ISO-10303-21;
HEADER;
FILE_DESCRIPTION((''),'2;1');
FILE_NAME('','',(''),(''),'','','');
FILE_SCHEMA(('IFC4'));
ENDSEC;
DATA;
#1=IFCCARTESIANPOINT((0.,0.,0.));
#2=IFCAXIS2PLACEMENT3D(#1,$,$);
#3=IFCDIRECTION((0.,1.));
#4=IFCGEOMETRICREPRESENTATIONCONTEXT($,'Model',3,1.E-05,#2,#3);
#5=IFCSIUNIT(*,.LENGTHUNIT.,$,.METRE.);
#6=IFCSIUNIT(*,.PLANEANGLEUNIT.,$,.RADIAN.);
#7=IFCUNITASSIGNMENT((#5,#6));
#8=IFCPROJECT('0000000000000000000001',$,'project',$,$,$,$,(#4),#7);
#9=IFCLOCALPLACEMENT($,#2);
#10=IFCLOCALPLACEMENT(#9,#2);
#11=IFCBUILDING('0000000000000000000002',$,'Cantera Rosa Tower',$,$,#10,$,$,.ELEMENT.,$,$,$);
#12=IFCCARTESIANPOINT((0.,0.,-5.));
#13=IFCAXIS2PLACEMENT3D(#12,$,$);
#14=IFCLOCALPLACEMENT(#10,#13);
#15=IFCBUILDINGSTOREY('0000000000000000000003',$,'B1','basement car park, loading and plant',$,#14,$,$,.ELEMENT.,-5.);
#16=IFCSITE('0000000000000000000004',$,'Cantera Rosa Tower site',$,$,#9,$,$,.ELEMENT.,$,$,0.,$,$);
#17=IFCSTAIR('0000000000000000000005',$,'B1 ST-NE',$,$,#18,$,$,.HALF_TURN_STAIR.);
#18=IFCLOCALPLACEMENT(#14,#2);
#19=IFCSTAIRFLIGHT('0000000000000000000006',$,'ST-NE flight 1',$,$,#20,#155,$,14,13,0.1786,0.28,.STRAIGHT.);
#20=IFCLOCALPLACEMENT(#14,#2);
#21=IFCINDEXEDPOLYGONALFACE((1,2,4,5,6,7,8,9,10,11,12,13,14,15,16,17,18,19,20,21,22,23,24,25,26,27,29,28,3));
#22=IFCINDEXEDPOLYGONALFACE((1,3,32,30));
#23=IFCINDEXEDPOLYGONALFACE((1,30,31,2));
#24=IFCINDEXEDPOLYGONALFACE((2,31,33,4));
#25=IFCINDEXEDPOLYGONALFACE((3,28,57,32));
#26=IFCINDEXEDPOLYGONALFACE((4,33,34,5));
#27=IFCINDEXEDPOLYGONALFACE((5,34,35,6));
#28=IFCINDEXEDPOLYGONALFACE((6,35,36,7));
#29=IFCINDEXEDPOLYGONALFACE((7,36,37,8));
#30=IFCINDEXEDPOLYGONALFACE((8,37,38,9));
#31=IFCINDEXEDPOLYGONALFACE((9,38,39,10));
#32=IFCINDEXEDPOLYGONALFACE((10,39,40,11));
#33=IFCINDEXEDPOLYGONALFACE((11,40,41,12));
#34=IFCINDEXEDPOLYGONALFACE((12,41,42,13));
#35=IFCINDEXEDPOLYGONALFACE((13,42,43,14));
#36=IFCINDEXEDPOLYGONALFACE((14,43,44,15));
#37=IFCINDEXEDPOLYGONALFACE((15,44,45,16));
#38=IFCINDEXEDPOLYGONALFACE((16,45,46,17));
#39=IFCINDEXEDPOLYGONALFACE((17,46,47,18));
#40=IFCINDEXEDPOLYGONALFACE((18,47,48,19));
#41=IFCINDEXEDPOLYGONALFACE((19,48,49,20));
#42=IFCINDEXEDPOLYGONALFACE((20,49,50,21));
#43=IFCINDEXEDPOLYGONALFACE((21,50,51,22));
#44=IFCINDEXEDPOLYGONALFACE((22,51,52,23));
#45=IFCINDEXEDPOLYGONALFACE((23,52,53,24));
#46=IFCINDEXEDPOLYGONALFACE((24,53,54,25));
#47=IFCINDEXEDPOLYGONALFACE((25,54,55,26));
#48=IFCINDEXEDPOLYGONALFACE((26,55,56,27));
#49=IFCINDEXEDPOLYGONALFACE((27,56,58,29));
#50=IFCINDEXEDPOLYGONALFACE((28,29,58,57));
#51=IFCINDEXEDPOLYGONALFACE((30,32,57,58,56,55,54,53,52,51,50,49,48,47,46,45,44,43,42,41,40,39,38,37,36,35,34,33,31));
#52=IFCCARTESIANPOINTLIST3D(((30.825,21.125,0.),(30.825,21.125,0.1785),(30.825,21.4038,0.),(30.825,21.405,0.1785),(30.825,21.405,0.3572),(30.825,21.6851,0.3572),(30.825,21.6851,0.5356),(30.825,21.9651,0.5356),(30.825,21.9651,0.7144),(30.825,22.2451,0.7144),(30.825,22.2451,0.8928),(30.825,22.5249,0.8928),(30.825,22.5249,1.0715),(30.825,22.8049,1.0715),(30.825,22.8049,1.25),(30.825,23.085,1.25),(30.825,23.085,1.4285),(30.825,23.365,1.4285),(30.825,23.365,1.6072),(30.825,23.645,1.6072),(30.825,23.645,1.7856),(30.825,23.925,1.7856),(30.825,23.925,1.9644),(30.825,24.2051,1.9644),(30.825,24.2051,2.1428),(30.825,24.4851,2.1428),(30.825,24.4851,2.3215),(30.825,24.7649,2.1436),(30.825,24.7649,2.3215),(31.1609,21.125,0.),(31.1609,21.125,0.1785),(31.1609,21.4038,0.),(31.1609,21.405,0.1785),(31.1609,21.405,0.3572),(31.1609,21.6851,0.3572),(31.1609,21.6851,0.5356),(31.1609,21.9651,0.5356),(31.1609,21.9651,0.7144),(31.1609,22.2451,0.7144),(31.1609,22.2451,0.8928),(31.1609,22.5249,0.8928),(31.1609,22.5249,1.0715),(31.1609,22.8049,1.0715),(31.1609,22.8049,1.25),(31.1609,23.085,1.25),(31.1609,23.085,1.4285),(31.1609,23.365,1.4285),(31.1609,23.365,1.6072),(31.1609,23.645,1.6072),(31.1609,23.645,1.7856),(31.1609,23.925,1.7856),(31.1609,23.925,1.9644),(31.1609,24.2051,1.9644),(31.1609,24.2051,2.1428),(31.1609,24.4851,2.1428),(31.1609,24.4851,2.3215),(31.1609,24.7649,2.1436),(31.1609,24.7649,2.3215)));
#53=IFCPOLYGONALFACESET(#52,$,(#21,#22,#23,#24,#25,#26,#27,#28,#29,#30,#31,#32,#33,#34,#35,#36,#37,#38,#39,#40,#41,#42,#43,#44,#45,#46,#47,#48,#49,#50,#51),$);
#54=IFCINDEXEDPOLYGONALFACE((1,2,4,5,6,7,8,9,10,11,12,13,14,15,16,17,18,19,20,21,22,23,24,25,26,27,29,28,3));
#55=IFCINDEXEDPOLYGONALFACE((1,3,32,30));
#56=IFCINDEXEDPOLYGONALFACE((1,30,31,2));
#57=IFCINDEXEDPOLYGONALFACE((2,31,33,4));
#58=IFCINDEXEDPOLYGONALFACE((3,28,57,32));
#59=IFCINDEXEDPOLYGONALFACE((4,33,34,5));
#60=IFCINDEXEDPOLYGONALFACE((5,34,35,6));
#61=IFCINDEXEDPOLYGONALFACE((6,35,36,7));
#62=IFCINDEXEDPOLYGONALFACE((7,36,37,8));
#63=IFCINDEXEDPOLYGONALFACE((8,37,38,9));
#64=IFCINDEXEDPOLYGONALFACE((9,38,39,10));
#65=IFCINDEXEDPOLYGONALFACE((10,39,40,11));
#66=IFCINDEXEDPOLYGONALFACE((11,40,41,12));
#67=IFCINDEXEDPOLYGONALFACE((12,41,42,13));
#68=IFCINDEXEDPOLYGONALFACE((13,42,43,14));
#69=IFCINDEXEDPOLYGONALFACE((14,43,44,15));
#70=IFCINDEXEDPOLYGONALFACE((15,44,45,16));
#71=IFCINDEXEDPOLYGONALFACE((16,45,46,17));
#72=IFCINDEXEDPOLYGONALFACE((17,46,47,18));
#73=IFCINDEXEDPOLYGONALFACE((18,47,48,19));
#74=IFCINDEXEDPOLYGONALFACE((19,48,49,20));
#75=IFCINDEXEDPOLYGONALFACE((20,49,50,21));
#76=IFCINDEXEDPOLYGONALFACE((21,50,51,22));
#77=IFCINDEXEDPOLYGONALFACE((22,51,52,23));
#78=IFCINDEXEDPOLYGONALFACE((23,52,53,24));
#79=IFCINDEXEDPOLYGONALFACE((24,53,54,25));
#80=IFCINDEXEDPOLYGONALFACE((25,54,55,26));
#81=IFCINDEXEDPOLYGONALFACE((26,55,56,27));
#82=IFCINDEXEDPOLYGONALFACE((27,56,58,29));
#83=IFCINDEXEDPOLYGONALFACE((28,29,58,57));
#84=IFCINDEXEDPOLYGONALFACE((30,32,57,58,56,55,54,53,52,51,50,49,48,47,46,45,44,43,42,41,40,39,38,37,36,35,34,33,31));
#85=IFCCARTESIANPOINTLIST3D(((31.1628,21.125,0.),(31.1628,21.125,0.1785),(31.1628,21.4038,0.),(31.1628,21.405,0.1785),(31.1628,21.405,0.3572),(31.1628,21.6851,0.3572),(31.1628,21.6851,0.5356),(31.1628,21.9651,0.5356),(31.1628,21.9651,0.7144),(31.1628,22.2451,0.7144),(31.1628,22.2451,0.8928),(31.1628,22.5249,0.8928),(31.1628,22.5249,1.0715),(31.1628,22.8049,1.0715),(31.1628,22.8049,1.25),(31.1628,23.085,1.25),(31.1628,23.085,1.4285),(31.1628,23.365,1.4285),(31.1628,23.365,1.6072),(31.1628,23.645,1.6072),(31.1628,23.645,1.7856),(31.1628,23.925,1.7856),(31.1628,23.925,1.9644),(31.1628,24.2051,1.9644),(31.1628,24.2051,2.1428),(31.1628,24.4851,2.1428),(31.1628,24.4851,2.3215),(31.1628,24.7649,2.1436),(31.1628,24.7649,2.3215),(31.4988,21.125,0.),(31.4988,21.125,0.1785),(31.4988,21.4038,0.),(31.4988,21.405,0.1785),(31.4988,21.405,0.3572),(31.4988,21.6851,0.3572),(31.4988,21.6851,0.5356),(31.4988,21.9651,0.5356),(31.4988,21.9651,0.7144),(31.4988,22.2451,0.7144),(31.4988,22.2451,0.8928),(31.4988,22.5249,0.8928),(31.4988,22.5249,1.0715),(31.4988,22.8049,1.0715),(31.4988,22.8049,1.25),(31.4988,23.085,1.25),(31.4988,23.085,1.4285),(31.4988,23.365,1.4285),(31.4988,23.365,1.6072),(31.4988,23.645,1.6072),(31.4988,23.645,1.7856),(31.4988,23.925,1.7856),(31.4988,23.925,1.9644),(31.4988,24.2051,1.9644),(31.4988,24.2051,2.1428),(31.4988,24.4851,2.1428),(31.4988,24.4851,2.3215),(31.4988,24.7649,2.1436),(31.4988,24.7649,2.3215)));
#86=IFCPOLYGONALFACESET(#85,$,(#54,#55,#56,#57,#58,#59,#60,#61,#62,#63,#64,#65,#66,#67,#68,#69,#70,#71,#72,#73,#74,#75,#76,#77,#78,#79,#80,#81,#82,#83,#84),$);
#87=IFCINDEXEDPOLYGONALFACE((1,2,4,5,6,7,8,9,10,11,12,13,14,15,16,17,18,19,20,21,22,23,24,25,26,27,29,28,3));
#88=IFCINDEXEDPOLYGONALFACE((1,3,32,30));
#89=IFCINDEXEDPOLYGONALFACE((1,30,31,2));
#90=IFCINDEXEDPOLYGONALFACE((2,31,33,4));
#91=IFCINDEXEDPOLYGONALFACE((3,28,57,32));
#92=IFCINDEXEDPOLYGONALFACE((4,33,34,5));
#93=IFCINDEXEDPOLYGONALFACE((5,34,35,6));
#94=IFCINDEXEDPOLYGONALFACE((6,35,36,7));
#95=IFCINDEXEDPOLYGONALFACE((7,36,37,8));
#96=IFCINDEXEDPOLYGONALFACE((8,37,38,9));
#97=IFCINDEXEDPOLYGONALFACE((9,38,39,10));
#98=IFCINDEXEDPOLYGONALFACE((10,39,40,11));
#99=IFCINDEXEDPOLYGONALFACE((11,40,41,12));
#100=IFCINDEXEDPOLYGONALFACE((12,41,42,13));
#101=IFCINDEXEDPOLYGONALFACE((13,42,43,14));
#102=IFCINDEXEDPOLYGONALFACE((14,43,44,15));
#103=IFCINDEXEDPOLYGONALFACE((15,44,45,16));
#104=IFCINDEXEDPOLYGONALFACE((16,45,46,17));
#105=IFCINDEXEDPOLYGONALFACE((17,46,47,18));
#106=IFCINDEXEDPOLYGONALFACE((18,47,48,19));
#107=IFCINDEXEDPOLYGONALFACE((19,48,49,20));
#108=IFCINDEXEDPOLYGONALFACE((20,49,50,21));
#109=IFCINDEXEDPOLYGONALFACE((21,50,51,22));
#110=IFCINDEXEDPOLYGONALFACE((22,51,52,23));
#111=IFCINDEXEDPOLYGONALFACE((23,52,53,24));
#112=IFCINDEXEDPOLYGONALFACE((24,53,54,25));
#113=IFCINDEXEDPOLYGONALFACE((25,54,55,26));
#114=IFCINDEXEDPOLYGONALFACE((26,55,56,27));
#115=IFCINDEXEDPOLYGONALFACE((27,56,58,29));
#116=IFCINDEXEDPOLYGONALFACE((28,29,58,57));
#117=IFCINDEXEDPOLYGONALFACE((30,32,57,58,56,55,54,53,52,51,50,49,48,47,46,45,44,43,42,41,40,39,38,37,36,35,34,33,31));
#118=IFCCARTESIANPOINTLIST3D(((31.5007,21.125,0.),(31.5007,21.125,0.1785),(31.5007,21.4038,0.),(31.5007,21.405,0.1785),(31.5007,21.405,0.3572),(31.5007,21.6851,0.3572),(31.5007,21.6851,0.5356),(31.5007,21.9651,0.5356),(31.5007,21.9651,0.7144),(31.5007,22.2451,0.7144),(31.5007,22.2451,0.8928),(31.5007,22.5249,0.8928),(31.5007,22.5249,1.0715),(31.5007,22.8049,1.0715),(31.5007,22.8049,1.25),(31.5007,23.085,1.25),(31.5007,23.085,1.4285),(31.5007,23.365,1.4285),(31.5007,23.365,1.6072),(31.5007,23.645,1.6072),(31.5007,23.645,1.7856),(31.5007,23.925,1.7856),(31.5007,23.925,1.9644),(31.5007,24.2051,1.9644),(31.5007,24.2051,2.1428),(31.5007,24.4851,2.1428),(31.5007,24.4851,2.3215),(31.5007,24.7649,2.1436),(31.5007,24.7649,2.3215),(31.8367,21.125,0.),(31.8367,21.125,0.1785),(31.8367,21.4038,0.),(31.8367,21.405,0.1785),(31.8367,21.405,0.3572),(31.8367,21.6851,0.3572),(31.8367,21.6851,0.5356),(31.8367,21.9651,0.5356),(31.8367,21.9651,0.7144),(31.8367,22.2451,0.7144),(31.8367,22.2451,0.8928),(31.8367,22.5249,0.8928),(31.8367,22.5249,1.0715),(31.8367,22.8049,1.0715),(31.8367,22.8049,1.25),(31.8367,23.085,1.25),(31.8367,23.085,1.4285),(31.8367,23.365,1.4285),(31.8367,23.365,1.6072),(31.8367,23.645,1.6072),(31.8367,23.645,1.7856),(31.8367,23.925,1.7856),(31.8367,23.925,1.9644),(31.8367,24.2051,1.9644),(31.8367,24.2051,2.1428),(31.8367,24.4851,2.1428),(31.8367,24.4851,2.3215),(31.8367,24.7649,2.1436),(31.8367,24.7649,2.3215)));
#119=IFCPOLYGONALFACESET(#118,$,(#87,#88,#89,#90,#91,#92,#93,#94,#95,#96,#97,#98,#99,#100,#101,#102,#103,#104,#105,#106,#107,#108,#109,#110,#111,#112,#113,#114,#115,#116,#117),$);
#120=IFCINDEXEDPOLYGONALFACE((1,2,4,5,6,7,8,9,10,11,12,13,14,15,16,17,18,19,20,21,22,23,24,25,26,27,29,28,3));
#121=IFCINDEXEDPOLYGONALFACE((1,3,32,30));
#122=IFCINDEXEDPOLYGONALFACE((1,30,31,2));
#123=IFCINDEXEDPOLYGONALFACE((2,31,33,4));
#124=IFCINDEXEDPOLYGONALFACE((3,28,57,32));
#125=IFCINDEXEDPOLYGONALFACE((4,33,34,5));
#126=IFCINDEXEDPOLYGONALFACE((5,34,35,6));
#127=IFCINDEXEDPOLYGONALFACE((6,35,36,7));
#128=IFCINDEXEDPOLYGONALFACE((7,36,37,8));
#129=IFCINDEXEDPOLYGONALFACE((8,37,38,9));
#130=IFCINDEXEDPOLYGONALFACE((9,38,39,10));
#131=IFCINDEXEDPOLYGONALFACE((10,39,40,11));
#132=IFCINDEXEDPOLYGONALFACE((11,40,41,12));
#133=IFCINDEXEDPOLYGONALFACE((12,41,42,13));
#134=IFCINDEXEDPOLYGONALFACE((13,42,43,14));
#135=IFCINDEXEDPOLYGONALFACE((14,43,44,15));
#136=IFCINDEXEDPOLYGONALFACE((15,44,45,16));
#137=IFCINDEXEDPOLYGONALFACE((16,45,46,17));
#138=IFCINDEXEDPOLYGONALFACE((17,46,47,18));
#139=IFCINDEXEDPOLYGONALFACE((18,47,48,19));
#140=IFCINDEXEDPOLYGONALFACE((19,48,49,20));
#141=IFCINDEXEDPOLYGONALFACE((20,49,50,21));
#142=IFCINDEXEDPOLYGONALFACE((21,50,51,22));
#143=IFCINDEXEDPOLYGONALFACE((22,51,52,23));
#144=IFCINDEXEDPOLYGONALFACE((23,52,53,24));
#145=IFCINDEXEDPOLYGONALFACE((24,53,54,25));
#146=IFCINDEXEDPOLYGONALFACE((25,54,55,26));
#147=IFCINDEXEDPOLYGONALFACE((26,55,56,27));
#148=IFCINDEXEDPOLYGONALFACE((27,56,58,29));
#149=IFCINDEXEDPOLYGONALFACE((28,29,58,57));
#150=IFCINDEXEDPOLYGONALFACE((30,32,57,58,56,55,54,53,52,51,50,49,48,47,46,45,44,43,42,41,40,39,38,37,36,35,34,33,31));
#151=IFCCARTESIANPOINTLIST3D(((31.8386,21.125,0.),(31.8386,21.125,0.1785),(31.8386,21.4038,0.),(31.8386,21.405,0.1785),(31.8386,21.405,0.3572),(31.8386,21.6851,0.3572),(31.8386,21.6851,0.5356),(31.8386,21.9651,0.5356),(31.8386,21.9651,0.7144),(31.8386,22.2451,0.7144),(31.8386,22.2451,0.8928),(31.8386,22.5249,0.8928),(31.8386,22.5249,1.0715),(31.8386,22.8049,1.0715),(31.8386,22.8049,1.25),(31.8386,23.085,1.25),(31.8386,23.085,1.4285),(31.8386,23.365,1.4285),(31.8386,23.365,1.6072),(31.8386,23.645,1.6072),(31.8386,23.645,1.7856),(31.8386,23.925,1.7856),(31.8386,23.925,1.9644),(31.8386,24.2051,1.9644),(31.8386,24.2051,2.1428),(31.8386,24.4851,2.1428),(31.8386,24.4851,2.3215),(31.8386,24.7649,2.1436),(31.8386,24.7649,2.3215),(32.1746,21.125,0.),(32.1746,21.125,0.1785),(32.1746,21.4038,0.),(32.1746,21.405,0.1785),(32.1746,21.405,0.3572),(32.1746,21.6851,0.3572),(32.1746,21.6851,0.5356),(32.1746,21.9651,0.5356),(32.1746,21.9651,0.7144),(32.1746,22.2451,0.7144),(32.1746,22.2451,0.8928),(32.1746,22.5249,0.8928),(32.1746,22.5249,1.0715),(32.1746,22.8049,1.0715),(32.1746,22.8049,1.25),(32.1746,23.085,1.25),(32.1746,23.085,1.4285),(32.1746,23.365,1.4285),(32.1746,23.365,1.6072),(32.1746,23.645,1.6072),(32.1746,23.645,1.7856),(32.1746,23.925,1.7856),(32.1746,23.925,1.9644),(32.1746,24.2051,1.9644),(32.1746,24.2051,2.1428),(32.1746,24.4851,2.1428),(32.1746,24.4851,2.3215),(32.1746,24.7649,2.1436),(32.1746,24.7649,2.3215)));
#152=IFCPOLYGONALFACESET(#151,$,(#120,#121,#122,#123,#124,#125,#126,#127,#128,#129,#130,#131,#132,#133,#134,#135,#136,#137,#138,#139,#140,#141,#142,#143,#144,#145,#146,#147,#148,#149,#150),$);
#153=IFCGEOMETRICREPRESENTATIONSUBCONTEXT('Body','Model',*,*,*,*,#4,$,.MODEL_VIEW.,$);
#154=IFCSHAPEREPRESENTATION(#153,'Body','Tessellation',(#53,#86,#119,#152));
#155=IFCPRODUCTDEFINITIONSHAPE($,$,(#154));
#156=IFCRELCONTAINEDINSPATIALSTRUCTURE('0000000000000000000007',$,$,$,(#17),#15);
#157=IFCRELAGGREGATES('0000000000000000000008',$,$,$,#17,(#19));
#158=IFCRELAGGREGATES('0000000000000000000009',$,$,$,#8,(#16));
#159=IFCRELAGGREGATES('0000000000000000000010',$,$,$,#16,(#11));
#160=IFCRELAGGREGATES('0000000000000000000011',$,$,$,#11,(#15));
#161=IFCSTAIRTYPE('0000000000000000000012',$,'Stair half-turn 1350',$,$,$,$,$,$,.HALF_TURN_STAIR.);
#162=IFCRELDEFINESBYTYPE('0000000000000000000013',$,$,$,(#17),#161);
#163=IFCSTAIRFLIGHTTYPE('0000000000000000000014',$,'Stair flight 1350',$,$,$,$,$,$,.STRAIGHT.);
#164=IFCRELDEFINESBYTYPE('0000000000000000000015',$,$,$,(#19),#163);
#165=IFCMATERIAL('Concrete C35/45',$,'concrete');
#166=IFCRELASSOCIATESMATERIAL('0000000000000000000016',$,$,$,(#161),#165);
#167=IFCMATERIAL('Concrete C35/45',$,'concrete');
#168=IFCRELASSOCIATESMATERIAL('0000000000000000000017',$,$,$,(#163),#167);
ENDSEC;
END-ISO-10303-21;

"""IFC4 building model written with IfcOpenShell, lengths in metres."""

from ifc_helpers import new_model, si_unit, direction, frame, origin, place, context, subcontext, project, spatial, polyline, outline, extrude, material, type_object, element, aggregate, save


model = new_model("IFC4")

# Units and contexts
model_context = context("Model", 3, precision=1e-05, world=origin(), true_north=direction((0.0, 1.0)))
body_context = subcontext(model_context, "Body", "Model", "MODEL_VIEW")
ifc_project = project(units=[si_unit("LENGTHUNIT", "METRE"), si_unit("PLANEANGLEUNIT", "RADIAN")], contexts=[model_context])

# Site, building, storey
site_placement = place(None, origin())
site = spatial("IfcSite", under=ifc_project, at=site_placement, Name="Cantera Rosa Tower site", CompositionType="ELEMENT", RefElevation=0.0)
building_placement = place(site_placement, origin())
building = spatial("IfcBuilding", under=site, at=building_placement, Name="Cantera Rosa Tower", CompositionType="ELEMENT")
storey_placement = place(building_placement, frame((0.0, 0.0, -5.0)))
storey = spatial("IfcBuildingStorey", under=building, at=storey_placement, Name="B1", Description="basement car park, loading and plant", CompositionType="ELEMENT", Elevation=-5.0)

# Stair, stair flight
ifc_material_1 = material(Name="Concrete C35/45", Category="concrete")
stair_type = type_object("IfcStairType", Name="Stair half-turn 1350", PredefinedType="HALF_TURN_STAIR", material=ifc_material_1)
stair_placement = place(storey_placement, origin())
stair = element("IfcStair", 1, at=stair_placement, inside=storey, type_object=stair_type, Name="B1 ST-NE", PredefinedType="HALF_TURN_STAIR")
ifc_material_2 = material(Name="Concrete C35/45", Category="concrete")
stair_flight_type = type_object("IfcStairFlightType", Name="Stair flight 1350", PredefinedType="STRAIGHT", material=ifc_material_2)
stair_flight_1_placement = place(storey_placement, frame((31.5, 21.125, 0.0), z_axis=(0.0, 0.0, 1.0), x_axis=(0.0, 1.0, 0.0)))
stair_flight_1 = element("IfcStairFlight", 2, at=stair_flight_1_placement, type_object=stair_flight_type, Name="ST-NE flight 1", NumberOfRisers=14, NumberOfTreads=13, PredefinedType="STRAIGHT", RiserHeight=0.1786, TreadLength=0.28, context=body_context, shape_type="SweptSolid", body=[
    extrude(outline(polyline([(0.0, 0.0), (0.0, 0.1785), (0.28, 0.1785), (0.28, 0.3572), (0.5601, 0.3572), (0.5601, 0.5356), (0.8401, 0.5356), (0.8401, 0.7144), (1.1201, 0.7144), (1.1201, 0.8928), (1.3999, 0.8928), (1.3999, 1.0715), (1.6799, 1.0715), (1.6799, 1.25), (1.96, 1.25), (1.96, 1.4285), (2.24, 1.4285), (2.24, 1.6072), (2.52, 1.6072), (2.52, 1.7856), (2.8, 1.7856), (2.8, 1.9644), (3.0801, 1.9644), (3.0801, 2.1428), (3.3601, 2.1428), (3.3601, 2.3215), (3.6399, 2.3215), (3.6399, 2.5), (3.6399, 2.1436), (0.2788, 0.0), (0.0, 0.0)])), frame((0.0, 0.675, 0.0), z_axis=(0.0, -1.0, 0.0), x_axis=(1.0, 0.0, 0.0)), (0.0, 0.0, 1.0), 0.3359),
    extrude(outline(polyline([(0.0, 0.0), (0.0, 0.1785), (0.28, 0.1785), (0.28, 0.3572), (0.5601, 0.3572), (0.5601, 0.5356), (0.8401, 0.5356), (0.8401, 0.7144), (1.1201, 0.7144), (1.1201, 0.8928), (1.3999, 0.8928), (1.3999, 1.0715), (1.6799, 1.0715), (1.6799, 1.25), (1.96, 1.25), (1.96, 1.4285), (2.24, 1.4285), (2.24, 1.6072), (2.52, 1.6072), (2.52, 1.7856), (2.8, 1.7856), (2.8, 1.9644), (3.0801, 1.9644), (3.0801, 2.1428), (3.3601, 2.1428), (3.3601, 2.3215), (3.6399, 2.3215), (3.6399, 2.5), (3.6399, 2.1436), (0.2788, 0.0), (0.0, 0.0)])), frame((0.0, 0.3372, 0.0), z_axis=(0.0, -1.0, 0.0), x_axis=(1.0, 0.0, 0.0)), (0.0, 0.0, 1.0), 0.3359),
    extrude(outline(polyline([(0.0, 0.0), (0.0, 0.1785), (0.28, 0.1785), (0.28, 0.3572), (0.5601, 0.3572), (0.5601, 0.5356), (0.8401, 0.5356), (0.8401, 0.7144), (1.1201, 0.7144), (1.1201, 0.8928), (1.3999, 0.8928), (1.3999, 1.0715), (1.6799, 1.0715), (1.6799, 1.25), (1.96, 1.25), (1.96, 1.4285), (2.24, 1.4285), (2.24, 1.6072), (2.52, 1.6072), (2.52, 1.7856), (2.8, 1.7856), (2.8, 1.9644), (3.0801, 1.9644), (3.0801, 2.1428), (3.3601, 2.1428), (3.3601, 2.3215), (3.6399, 2.3215), (3.6399, 2.5), (3.6399, 2.1436), (0.2788, 0.0), (0.0, 0.0)])), frame((0.0, -0.0007, 0.0), z_axis=(0.0, -1.0, 0.0), x_axis=(1.0, 0.0, 0.0)), (0.0, 0.0, 1.0), 0.3359),
    extrude(outline(polyline([(0.0, 0.0), (0.0, 0.1785), (0.28, 0.1785), (0.28, 0.3572), (0.5601, 0.3572), (0.5601, 0.5356), (0.8401, 0.5356), (0.8401, 0.7144), (1.1201, 0.7144), (1.1201, 0.8928), (1.3999, 0.8928), (1.3999, 1.0715), (1.6799, 1.0715), (1.6799, 1.25), (1.96, 1.25), (1.96, 1.4285), (2.24, 1.4285), (2.24, 1.6072), (2.52, 1.6072), (2.52, 1.7856), (2.8, 1.7856), (2.8, 1.9644), (3.0801, 1.9644), (3.0801, 2.1428), (3.3601, 2.1428), (3.3601, 2.3215), (3.6399, 2.3215), (3.6399, 2.5), (3.6399, 2.1436), (0.2788, 0.0), (0.0, 0.0)])), frame((0.0, -0.3386, 0.0), z_axis=(0.0, -1.0, 0.0), x_axis=(1.0, 0.0, 0.0)), (0.0, 0.0, 1.0), 0.3359),
])
aggregate(stair, [stair_flight_1])

save(model, "model.ifc")
